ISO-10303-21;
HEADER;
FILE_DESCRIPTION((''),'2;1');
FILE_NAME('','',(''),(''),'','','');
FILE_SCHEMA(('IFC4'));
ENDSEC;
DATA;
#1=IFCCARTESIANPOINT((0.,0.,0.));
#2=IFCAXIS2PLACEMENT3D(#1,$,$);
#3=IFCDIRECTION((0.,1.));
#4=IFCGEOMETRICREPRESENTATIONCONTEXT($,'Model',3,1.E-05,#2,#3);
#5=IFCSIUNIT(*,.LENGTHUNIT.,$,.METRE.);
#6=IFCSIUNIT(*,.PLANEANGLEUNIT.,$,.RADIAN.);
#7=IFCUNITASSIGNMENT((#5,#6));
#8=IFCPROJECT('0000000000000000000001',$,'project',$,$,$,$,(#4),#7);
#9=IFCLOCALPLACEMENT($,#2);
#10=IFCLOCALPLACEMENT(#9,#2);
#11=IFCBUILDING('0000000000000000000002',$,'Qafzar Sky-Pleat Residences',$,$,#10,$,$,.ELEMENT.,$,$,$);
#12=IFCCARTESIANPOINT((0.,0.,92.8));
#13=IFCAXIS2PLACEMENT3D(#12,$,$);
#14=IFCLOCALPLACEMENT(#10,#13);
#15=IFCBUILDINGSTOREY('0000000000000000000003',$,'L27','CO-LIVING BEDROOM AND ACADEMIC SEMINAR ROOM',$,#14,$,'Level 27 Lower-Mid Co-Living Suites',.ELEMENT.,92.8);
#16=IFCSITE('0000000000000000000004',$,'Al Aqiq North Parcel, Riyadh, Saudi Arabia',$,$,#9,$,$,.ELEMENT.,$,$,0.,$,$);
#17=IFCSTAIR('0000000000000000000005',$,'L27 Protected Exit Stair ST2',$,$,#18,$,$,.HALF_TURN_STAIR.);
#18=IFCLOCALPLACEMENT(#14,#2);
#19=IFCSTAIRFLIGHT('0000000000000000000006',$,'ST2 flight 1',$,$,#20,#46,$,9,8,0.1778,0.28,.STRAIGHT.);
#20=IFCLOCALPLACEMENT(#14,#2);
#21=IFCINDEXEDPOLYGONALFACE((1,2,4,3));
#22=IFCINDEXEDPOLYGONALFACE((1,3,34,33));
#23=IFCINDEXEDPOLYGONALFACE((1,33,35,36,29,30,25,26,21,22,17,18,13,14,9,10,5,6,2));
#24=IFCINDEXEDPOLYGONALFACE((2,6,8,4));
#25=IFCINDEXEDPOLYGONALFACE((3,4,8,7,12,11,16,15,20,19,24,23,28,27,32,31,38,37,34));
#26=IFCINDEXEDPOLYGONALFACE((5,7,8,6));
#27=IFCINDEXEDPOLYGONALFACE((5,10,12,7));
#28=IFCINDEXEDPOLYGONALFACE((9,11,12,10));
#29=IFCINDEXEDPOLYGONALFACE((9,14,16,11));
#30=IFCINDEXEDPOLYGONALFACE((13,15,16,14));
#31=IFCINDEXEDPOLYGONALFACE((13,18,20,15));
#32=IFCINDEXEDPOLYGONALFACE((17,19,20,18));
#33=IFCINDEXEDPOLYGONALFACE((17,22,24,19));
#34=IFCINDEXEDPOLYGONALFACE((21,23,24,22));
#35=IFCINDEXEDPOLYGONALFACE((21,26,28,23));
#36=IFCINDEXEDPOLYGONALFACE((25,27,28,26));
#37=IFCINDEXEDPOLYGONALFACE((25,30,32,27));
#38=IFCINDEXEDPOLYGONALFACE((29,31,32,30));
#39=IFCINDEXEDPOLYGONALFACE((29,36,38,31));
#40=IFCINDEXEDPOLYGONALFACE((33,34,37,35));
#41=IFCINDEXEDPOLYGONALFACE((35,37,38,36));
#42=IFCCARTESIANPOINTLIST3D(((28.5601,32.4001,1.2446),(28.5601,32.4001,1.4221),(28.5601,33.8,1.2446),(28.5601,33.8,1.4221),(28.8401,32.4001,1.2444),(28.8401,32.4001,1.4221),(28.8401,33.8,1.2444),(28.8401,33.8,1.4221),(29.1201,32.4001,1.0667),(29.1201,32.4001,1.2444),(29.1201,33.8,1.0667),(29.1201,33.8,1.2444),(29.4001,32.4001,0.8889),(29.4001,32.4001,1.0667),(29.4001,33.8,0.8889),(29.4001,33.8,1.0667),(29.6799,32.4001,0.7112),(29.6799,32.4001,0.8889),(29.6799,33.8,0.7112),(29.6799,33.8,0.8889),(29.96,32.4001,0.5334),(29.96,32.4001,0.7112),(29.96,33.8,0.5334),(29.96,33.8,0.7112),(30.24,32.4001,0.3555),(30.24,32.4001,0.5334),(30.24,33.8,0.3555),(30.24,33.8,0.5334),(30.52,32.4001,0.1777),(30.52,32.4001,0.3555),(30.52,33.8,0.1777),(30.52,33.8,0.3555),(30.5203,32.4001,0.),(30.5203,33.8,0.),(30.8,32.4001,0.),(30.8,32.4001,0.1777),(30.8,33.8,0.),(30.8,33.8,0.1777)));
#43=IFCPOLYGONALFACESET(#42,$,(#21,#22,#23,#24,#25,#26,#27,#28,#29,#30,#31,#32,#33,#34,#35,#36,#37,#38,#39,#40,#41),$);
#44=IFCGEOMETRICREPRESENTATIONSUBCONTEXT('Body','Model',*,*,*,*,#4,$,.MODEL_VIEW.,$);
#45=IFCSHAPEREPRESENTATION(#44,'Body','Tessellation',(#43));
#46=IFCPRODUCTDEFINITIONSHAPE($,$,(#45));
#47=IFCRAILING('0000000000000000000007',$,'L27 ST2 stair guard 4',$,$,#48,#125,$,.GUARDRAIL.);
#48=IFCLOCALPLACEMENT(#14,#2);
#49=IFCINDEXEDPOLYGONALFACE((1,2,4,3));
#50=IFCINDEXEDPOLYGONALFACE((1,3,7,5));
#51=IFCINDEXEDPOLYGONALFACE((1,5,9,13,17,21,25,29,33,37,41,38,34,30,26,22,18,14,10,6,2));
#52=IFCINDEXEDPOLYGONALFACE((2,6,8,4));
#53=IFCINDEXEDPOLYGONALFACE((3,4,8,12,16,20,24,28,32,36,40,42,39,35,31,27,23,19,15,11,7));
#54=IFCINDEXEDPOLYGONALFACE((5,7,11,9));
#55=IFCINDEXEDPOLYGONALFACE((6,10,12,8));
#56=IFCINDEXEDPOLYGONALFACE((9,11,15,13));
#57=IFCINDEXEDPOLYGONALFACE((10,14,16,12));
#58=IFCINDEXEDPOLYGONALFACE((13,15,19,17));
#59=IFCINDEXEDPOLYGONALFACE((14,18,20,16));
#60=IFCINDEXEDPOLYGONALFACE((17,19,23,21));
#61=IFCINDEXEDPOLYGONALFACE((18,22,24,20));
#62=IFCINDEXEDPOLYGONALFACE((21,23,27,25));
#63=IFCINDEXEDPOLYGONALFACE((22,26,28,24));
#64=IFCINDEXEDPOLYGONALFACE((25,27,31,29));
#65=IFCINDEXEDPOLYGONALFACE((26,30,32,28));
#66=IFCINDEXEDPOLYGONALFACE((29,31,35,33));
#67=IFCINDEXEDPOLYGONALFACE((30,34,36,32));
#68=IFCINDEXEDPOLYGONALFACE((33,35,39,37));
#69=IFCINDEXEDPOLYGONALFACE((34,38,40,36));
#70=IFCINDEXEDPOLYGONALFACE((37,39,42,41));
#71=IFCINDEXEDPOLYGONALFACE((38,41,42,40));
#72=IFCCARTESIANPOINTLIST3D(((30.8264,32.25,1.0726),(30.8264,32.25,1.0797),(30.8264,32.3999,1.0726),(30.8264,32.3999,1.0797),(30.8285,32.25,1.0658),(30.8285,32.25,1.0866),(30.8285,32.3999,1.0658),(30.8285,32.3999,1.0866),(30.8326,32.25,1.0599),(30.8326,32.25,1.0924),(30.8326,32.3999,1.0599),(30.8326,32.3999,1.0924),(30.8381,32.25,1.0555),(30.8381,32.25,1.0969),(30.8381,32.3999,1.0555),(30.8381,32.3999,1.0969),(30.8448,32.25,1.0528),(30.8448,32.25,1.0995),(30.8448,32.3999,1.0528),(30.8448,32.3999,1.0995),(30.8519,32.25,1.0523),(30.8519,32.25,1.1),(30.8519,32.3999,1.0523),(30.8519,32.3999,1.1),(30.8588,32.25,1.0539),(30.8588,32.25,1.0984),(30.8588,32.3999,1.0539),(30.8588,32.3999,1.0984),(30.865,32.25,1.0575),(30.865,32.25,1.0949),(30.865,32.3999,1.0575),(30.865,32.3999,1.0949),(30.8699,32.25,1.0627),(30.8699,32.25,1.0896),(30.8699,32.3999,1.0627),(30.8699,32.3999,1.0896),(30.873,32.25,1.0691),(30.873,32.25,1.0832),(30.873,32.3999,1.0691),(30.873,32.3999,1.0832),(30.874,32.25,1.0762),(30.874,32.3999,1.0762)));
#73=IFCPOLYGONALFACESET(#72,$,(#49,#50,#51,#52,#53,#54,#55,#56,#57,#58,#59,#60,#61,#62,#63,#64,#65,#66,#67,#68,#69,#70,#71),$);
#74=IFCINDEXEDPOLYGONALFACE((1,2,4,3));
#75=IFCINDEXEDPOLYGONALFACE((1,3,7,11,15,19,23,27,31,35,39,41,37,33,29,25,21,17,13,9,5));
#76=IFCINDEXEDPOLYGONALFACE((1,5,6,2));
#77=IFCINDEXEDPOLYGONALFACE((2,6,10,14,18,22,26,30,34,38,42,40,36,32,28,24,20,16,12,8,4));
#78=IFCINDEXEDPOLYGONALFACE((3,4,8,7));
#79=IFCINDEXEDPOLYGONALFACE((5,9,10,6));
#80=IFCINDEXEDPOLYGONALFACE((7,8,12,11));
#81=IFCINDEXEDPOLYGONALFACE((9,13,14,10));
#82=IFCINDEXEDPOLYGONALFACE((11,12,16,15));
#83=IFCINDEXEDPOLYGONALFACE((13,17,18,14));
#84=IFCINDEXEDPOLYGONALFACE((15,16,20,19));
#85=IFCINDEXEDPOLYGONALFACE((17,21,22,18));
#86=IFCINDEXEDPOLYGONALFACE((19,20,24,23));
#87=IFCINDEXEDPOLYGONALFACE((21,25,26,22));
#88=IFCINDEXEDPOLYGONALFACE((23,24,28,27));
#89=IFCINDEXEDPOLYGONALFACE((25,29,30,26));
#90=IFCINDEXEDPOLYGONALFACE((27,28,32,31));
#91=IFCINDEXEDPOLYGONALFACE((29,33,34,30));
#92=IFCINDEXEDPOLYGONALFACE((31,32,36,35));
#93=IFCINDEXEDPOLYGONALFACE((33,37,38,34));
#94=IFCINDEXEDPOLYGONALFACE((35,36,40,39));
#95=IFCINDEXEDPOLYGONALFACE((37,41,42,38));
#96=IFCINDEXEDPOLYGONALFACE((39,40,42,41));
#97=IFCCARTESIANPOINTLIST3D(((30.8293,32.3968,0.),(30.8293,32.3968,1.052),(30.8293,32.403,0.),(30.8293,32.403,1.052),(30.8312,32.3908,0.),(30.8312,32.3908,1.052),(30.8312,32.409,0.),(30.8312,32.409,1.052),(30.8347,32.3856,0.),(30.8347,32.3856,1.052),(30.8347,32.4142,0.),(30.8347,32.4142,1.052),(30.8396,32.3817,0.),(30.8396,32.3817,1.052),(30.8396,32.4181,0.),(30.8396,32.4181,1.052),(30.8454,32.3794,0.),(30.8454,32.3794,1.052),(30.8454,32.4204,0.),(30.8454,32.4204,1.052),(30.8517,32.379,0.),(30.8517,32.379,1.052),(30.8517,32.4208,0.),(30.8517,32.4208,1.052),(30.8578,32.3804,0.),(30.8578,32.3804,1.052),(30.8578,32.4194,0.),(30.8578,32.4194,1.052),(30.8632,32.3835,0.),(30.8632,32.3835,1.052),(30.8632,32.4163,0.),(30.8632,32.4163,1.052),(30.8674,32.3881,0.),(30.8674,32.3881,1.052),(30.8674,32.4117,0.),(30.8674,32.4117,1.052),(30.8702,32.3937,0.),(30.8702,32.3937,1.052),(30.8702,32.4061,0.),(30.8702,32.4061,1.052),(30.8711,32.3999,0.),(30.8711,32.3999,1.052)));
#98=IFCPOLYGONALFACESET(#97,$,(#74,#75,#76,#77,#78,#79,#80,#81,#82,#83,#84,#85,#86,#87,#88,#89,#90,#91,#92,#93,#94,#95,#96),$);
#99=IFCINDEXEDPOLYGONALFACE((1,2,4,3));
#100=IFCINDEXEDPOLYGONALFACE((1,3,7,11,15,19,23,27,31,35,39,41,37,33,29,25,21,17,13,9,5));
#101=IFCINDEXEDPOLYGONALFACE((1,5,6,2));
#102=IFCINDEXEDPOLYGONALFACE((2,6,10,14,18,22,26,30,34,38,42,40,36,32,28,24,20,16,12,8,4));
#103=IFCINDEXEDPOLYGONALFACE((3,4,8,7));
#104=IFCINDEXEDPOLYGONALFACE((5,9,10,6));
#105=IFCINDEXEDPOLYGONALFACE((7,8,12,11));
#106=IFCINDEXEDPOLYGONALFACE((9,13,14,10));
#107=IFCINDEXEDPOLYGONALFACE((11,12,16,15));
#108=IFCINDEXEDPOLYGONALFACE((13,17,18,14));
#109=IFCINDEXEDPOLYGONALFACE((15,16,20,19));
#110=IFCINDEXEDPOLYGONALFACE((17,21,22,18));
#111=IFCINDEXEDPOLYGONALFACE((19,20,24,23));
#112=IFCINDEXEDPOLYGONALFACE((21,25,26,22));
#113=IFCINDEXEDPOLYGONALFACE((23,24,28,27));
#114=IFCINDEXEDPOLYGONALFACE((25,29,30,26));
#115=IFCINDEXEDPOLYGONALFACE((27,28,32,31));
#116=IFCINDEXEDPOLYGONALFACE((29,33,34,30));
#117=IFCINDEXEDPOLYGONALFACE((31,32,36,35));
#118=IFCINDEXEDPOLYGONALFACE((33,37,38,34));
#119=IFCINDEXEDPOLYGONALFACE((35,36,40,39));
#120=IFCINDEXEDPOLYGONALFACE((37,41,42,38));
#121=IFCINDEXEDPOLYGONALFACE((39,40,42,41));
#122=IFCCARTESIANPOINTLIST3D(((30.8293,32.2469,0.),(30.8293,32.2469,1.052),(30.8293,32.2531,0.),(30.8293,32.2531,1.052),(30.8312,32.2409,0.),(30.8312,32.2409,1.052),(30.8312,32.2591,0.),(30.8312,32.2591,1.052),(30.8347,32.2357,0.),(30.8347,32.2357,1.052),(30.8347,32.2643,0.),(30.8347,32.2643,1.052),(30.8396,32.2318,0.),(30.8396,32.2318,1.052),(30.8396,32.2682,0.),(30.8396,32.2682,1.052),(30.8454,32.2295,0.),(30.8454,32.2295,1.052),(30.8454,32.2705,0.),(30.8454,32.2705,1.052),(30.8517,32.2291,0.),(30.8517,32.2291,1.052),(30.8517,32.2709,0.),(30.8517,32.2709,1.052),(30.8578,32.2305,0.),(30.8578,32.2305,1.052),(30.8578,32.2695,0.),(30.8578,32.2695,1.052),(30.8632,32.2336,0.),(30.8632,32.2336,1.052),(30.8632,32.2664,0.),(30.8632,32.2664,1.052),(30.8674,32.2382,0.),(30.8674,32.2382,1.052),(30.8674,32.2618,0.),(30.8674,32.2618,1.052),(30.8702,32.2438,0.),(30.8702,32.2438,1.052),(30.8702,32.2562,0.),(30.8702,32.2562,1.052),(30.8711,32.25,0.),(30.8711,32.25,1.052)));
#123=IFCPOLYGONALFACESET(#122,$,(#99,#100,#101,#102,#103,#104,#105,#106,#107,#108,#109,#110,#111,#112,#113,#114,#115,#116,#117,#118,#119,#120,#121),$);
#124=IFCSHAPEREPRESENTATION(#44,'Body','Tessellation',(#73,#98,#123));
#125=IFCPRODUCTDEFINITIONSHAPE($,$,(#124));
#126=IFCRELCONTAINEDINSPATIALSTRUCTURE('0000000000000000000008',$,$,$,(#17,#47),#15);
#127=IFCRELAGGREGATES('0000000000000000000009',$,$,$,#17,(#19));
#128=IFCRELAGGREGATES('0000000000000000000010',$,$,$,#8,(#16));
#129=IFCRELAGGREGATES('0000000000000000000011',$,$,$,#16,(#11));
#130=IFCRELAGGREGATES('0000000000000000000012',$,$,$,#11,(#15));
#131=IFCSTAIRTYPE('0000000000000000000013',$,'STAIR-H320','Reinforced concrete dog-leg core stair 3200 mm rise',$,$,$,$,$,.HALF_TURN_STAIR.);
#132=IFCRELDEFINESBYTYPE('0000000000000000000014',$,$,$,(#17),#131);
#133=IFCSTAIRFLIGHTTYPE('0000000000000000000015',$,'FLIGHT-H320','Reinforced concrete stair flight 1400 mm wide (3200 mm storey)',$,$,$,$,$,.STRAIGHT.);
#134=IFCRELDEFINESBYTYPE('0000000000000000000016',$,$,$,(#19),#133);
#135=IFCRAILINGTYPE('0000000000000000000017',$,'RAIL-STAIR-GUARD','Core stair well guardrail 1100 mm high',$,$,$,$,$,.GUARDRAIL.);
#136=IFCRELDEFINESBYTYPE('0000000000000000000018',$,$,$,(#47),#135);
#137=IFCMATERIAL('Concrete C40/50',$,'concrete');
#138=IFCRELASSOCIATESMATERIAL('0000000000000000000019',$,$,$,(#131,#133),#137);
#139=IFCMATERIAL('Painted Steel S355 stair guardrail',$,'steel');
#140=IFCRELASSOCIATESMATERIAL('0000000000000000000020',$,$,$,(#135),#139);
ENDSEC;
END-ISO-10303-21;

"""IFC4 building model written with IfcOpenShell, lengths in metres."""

from ifc_helpers import new_model, si_unit, direction, frame, origin, origin_2d, place, context, subcontext, project, spatial, polyline, circle, outline, extrude, source, transform, mapped, material, type_object, element, aggregate, save


model = new_model("IFC4")

# Units and contexts
model_context = context("Model", 3, precision=1e-05, world=origin(), true_north=direction((0.0, 1.0)))
body_context = subcontext(model_context, "Body", "Model", "MODEL_VIEW")
ifc_project = project(units=[si_unit("LENGTHUNIT", "METRE"), si_unit("PLANEANGLEUNIT", "RADIAN")], contexts=[model_context])

# Site, building, storey
site_placement = place(None, origin())
site = spatial("IfcSite", under=ifc_project, at=site_placement, Name="Al Aqiq North Parcel, Riyadh, Saudi Arabia", CompositionType="ELEMENT", RefElevation=0.0)
building_placement = place(site_placement, origin())
building = spatial("IfcBuilding", under=site, at=building_placement, Name="Qafzar Sky-Pleat Residences", CompositionType="ELEMENT")
storey_placement = place(building_placement, frame((0.0, 0.0, 92.8)))
storey = spatial("IfcBuildingStorey", under=building, at=storey_placement, Name="L27", Description="CO-LIVING BEDROOM AND ACADEMIC SEMINAR ROOM", LongName="Level 27 Lower-Mid Co-Living Suites", CompositionType="ELEMENT", Elevation=92.8)

# Stair, stair flight
ifc_material_1 = material(Name="Concrete C40/50", Category="concrete")
stair_type = type_object("IfcStairType", Name="STAIR-H320", Description="Reinforced concrete dog-leg core stair 3200 mm rise", PredefinedType="HALF_TURN_STAIR", material=ifc_material_1)
stair_placement = place(storey_placement, origin())
stair = element("IfcStair", 1, at=stair_placement, inside=storey, type_object=stair_type, Name="L27 Protected Exit Stair ST2", PredefinedType="HALF_TURN_STAIR")
stair_flight_type = type_object("IfcStairFlightType", Name="FLIGHT-H320", Description="Reinforced concrete stair flight 1400 mm wide (3200 mm storey)", PredefinedType="STRAIGHT", material=ifc_material_1)
shared_shape_1 = source(origin(), body_context, "Body", "SweptSolid", [
    extrude(outline(polyline([(0.0, 0.0), (0.0, 0.1777), (0.28, 0.1777), (0.28, 0.3555), (0.5601, 0.3555), (0.5601, 0.5334), (0.8401, 0.5334), (0.8401, 0.7112), (1.1201, 0.7112), (1.1201, 0.8889), (1.3999, 0.8889), (1.3999, 1.0667), (1.6799, 1.0667), (1.6799, 1.2444), (1.96, 1.2444), (1.96, 1.4221), (2.24, 1.4221), (2.24, 1.6001), (2.24, 1.2446), (0.2798, 0.0), (0.0, 0.0)])), frame((0.0, 0.7, 0.0), z_axis=(0.0, -1.0, 0.0), x_axis=(1.0, 0.0, 0.0)), (0.0, 0.0, 1.0), 1.3999),
])
stair_flight_placement = place(storey_placement, frame((30.8, 33.1001, 0.0), z_axis=(0.0, 0.0, 1.0), x_axis=(-1.0, 0.0, 0.0)))
stair_flight = element("IfcStairFlight", 2, at=stair_flight_placement, type_object=stair_flight_type, Name="ST2 flight 1", NumberOfRisers=9, NumberOfTreads=8, PredefinedType="STRAIGHT", RiserHeight=0.1778, TreadLength=0.28, context=body_context, shape_type="MappedRepresentation", body=[
    mapped(shared_shape_1, transform((0.0, 0.0, 0.0), x_axis=(1.0, 0.0, 0.0), y_axis=(0.0, 1.0, 0.0), z_axis=(0.0, 0.0, 1.0), scale=1.0)),
])
aggregate(stair, [stair_flight])

# Railing
ifc_material_2 = material(Name="Painted Steel S355 stair guardrail", Category="steel")
railing_type_1 = type_object("IfcRailingType", Name="RAIL-STAIR-GUARD", Description="Core stair well guardrail 1100 mm high", PredefinedType="GUARDRAIL", material=ifc_material_2)
shared_shape_2 = source(origin(), body_context, "Body", "SweptSolid", [
    extrude(circle(Radius=0.0239, at=origin_2d()), frame((0.0, 0.0, 1.0762), z_axis=(0.0, -1.0, 0.0), x_axis=(1.0, 0.0, 0.0)), (0.0, 0.0, 1.0), 0.1499),
    extrude(circle(Radius=0.021, at=origin_2d()), origin(), (0.0, 0.0, 1.0), 1.052),
    extrude(circle(Radius=0.021, at=origin_2d()), frame((0.0, -0.1499, 0.0)), (0.0, 0.0, 1.0), 1.052),
])
railing_1_placement = place(storey_placement, frame((30.8501, 32.3999, 0.0)))
element("IfcRailing", 3, at=railing_1_placement, inside=storey, type_object=railing_type_1, Name="L27 ST2 stair guard 4", PredefinedType="GUARDRAIL", context=body_context, shape_type="MappedRepresentation", body=[
    mapped(shared_shape_2, transform((0.0, 0.0, 0.0), x_axis=(1.0, 0.0, 0.0), y_axis=(0.0, 1.0, 0.0), z_axis=(0.0, 0.0, 1.0), scale=1.0)),
])

save(model, "model.ifc")
